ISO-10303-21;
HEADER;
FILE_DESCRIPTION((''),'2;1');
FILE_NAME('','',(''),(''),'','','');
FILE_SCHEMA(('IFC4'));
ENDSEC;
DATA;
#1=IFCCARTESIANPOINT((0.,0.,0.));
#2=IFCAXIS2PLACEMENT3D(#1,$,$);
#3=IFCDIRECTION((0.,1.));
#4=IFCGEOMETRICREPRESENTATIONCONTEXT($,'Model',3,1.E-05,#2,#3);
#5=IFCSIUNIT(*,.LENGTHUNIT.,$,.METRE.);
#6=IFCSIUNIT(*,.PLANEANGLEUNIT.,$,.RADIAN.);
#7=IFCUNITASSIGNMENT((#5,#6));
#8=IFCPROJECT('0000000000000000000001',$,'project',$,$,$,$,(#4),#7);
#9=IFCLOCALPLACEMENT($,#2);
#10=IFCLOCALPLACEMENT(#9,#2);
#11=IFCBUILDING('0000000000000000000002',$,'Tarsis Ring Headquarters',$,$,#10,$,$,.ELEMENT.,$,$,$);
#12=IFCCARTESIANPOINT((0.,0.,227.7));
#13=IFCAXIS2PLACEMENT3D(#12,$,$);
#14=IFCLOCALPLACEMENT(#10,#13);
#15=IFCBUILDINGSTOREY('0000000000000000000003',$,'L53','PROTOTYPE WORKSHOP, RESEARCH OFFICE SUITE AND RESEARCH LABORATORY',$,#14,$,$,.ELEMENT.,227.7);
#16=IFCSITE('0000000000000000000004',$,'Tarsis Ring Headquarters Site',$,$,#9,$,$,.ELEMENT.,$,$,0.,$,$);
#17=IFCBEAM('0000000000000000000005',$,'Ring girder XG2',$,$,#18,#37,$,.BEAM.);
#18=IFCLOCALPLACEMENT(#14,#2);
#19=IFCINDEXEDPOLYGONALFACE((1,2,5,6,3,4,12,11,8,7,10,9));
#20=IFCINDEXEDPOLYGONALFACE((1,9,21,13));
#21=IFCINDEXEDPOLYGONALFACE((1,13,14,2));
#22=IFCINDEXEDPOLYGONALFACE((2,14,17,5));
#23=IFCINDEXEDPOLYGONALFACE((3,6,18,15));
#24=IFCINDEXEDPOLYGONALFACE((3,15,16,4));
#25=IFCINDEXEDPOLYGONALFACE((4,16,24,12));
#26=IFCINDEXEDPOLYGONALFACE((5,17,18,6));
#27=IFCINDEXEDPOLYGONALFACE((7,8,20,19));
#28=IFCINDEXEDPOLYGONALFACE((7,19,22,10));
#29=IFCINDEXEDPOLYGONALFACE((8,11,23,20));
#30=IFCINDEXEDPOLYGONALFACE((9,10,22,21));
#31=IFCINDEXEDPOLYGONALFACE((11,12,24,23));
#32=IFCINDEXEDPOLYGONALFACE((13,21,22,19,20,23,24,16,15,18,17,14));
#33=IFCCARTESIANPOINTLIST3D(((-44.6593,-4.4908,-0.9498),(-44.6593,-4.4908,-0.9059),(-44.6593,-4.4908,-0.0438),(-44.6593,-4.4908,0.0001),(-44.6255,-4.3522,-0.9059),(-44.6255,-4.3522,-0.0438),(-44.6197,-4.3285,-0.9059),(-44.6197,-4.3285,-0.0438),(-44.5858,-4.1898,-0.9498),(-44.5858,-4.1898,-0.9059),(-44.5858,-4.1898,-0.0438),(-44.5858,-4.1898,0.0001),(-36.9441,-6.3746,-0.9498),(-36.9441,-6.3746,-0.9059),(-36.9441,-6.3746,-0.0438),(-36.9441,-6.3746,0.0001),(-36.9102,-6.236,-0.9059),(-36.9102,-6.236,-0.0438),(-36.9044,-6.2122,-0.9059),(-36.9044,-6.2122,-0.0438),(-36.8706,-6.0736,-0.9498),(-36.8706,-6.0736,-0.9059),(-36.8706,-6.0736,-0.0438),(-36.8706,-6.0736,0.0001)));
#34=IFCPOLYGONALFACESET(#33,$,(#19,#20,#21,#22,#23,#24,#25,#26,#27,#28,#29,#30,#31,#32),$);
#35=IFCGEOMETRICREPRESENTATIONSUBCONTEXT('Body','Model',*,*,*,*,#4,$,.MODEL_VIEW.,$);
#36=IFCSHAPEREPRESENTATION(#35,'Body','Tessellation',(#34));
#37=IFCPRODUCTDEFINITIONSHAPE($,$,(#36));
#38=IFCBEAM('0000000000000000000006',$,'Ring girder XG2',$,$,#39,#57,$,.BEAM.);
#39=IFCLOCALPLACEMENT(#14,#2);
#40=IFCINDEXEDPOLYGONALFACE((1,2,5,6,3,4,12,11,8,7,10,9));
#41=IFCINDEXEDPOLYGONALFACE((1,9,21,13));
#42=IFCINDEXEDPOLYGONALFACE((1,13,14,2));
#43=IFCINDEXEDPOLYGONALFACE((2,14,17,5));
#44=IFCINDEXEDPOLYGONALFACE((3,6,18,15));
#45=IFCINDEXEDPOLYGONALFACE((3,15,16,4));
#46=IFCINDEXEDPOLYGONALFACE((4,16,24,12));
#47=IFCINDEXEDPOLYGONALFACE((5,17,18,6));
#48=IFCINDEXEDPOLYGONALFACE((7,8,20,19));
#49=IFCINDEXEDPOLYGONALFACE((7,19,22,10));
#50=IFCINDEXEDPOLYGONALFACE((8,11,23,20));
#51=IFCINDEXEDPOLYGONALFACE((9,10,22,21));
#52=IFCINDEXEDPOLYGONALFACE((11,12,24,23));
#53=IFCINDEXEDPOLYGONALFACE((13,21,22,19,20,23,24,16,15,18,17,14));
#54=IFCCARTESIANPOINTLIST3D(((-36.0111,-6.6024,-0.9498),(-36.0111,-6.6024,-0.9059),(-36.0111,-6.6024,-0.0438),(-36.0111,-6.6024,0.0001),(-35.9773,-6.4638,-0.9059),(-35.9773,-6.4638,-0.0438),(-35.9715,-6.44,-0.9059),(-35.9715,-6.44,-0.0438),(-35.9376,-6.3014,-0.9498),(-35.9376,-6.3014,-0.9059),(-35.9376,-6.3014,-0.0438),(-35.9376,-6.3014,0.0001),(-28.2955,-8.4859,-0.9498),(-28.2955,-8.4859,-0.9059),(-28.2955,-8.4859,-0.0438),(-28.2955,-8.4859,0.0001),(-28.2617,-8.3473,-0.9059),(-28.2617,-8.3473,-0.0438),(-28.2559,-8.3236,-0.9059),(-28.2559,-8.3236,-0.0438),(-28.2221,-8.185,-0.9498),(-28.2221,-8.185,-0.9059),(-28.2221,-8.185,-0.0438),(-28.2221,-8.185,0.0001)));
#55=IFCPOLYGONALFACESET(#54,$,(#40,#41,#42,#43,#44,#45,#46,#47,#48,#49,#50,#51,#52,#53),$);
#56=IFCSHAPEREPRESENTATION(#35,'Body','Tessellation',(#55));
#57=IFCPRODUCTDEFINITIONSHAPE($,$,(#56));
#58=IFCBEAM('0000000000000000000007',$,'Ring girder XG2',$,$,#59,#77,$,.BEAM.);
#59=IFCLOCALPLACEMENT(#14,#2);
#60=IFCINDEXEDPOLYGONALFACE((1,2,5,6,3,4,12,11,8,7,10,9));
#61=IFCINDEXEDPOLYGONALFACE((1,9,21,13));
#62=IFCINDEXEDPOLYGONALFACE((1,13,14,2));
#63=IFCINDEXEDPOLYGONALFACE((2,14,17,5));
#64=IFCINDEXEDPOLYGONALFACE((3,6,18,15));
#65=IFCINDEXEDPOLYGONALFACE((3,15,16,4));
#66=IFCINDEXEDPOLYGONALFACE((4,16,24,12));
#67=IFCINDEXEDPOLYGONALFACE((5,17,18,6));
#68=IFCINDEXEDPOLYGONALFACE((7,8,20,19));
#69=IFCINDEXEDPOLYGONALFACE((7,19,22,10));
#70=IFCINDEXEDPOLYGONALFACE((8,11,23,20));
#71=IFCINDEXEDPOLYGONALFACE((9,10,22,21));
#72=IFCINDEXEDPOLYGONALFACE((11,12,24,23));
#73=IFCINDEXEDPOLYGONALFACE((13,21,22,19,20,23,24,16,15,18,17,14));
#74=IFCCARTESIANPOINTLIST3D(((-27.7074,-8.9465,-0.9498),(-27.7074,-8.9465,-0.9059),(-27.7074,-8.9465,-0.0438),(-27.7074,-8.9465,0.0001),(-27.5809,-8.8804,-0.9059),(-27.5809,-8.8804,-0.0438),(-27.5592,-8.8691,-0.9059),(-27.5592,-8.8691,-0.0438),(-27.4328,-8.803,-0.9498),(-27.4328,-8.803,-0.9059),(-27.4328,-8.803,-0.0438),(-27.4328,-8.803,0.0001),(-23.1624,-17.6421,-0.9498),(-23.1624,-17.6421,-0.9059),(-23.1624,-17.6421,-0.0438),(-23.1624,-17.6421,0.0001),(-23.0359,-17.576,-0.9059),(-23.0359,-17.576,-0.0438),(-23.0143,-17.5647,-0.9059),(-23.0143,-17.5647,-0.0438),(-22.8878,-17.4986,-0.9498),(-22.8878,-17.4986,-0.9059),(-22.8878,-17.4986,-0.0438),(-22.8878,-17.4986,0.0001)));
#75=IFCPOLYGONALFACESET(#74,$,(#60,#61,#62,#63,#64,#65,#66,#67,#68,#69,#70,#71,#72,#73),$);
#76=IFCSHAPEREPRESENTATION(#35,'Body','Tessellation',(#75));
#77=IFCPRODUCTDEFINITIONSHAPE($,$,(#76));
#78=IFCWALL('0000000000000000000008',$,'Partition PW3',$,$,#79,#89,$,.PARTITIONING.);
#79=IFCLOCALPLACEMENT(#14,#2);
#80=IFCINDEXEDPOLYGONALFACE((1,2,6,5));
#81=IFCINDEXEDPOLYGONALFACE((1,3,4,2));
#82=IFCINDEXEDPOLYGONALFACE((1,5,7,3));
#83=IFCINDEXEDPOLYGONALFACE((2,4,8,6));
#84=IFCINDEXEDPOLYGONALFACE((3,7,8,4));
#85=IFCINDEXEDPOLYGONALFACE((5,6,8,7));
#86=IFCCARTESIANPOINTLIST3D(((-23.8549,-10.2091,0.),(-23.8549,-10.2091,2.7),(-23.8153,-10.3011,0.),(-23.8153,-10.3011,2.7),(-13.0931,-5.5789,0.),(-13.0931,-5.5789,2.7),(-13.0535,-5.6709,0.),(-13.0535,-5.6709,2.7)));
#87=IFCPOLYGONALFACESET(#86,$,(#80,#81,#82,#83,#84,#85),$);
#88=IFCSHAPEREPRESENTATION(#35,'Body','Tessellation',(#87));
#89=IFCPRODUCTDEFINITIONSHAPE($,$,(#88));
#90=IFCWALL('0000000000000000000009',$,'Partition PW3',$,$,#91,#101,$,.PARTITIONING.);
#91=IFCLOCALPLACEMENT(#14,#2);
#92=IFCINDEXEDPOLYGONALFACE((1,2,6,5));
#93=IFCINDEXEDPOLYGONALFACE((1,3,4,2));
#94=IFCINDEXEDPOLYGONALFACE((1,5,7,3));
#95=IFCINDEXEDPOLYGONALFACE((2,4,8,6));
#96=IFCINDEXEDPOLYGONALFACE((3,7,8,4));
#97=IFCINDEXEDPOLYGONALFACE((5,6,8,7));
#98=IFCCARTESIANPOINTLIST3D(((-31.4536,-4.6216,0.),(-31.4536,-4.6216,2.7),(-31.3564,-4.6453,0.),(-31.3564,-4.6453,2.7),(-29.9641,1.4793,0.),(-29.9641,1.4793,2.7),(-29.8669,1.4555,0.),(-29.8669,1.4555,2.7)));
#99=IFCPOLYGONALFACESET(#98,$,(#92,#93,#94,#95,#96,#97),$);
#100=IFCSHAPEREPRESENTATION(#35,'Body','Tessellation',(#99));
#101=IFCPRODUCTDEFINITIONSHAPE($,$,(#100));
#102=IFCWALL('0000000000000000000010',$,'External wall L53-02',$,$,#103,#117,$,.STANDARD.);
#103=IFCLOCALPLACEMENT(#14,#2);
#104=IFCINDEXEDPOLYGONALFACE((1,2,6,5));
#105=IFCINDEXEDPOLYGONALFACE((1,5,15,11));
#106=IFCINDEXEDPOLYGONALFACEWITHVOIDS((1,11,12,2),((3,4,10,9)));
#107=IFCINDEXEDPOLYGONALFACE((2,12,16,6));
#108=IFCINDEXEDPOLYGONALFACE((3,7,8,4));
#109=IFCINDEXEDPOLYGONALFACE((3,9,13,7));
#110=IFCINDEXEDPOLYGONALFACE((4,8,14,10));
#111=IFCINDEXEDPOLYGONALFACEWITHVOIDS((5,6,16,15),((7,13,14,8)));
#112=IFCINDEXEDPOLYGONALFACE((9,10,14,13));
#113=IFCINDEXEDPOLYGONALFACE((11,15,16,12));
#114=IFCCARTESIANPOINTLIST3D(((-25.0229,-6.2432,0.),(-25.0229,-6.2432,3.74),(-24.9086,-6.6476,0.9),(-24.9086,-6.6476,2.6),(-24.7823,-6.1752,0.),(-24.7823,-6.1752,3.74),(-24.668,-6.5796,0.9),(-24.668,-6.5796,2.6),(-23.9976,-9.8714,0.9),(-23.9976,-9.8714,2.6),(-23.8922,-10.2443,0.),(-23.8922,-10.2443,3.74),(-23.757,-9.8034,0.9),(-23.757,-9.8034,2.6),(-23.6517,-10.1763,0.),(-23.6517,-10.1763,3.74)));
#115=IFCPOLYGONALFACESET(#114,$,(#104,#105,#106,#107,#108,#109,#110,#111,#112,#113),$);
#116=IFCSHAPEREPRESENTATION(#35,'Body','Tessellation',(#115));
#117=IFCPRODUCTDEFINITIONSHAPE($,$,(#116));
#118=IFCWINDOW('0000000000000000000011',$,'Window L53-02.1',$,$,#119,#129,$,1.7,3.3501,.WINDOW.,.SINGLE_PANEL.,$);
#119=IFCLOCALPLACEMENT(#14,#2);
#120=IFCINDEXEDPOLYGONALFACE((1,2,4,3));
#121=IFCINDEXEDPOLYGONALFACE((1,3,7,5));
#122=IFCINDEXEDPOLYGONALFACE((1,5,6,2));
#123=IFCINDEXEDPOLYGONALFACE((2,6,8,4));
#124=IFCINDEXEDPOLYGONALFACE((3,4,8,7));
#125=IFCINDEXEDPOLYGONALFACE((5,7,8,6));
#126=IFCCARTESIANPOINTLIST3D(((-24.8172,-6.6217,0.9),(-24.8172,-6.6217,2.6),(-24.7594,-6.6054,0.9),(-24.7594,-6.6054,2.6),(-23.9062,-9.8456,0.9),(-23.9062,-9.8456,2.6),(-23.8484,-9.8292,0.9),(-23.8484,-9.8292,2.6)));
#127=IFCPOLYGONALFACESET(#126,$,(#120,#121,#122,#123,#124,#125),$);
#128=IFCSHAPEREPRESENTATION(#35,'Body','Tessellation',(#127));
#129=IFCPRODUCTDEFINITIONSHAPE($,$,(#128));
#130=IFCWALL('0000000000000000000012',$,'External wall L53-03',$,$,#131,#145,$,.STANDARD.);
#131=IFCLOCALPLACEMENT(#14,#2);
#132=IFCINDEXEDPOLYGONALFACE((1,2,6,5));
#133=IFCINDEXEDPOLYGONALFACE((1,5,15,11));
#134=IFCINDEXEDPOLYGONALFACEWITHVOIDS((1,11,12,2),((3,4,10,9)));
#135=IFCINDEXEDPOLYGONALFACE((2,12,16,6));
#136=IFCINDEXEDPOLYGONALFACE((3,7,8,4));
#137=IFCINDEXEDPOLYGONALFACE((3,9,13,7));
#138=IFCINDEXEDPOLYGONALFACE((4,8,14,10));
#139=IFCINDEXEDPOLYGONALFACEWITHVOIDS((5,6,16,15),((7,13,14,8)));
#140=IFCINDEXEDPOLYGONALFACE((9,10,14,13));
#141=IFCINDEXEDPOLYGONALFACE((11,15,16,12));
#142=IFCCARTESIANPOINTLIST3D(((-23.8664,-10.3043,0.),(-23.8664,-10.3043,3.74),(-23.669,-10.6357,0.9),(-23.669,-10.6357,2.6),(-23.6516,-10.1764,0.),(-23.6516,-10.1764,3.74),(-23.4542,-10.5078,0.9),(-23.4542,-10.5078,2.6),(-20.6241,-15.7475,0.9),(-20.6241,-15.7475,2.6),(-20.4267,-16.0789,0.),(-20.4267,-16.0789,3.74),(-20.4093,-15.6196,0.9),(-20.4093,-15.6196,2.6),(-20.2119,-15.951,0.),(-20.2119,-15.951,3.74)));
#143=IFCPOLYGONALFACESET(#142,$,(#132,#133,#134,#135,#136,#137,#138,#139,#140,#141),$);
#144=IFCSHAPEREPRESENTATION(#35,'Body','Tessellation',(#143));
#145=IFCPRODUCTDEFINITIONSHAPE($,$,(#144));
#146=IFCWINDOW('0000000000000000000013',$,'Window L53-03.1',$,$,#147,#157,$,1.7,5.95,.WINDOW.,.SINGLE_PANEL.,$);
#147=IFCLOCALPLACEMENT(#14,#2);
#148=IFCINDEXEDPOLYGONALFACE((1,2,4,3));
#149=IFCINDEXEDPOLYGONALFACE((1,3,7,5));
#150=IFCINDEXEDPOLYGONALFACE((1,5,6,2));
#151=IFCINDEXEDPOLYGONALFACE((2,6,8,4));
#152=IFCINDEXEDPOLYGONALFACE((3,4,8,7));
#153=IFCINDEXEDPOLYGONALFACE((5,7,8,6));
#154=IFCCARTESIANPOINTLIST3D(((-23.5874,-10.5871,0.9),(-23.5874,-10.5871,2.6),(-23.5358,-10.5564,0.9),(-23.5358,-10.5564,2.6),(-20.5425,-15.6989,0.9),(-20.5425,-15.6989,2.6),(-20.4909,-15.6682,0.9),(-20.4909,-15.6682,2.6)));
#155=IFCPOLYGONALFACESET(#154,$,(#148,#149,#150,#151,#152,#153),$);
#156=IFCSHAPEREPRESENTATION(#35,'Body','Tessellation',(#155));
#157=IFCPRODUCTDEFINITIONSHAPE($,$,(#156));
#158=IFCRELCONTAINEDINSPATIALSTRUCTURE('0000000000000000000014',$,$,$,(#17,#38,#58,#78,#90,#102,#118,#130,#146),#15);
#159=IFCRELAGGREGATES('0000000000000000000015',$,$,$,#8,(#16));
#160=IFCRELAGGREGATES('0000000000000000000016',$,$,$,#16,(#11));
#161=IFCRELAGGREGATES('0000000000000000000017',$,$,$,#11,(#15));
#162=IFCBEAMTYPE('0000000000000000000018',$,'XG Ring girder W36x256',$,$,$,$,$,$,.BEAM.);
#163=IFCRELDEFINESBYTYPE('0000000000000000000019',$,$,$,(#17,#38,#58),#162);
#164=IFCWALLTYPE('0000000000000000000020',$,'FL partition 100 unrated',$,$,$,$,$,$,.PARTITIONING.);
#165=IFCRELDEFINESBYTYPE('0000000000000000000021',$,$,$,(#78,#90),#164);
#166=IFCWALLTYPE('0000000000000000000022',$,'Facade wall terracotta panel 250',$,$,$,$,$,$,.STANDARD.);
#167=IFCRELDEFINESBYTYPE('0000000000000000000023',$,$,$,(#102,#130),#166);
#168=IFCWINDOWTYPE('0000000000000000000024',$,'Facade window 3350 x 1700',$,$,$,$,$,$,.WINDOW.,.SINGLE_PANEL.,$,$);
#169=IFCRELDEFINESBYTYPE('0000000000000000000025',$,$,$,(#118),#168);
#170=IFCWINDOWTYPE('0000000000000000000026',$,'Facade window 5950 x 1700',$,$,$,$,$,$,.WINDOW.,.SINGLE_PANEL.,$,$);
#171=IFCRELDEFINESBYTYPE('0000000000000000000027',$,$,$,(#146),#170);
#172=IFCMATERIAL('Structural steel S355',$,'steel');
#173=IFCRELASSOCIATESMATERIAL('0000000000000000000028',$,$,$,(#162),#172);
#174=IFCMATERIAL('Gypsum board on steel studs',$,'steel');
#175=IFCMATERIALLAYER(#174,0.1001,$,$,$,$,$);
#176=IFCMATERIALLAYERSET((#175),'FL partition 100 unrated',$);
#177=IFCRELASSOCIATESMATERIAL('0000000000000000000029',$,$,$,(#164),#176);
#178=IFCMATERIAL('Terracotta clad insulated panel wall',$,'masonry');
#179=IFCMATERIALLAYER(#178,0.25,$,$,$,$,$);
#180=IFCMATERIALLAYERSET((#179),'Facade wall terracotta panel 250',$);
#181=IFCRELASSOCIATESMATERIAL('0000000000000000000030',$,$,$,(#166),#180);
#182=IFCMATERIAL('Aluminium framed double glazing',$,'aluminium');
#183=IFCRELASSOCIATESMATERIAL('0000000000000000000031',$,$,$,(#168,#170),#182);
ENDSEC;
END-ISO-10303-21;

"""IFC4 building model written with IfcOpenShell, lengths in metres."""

from ifc_helpers import new_model, si_unit, direction, frame, frame_2d, origin, origin_2d, place, context, subcontext, project, spatial, rectangle, i_section, extrude, material, layer, layer_set, material_profile, profile_set, type_object, element, fill, save


model = new_model("IFC4")

# Units and contexts
model_context = context("Model", 3, precision=1e-05, world=origin(), true_north=direction((0.0, 1.0)))
body_context = subcontext(model_context, "Body", "Model", "MODEL_VIEW")
ifc_project = project(units=[si_unit("LENGTHUNIT", "METRE"), si_unit("PLANEANGLEUNIT", "RADIAN")], contexts=[model_context])

# Site, building, storey
site_placement = place(None, origin())
site = spatial("IfcSite", under=ifc_project, at=site_placement, Name="Tarsis Ring Headquarters Site", CompositionType="ELEMENT", RefElevation=0.0)
building_placement = place(site_placement, origin())
building = spatial("IfcBuilding", under=site, at=building_placement, Name="Tarsis Ring Headquarters", CompositionType="ELEMENT")
storey_placement = place(building_placement, frame((0.0, 0.0, 227.7)))
storey = spatial("IfcBuildingStorey", under=building, at=storey_placement, Name="L53", Description="PROTOTYPE WORKSHOP, RESEARCH OFFICE SUITE AND RESEARCH LABORATORY", CompositionType="ELEMENT", Elevation=227.7)

# Shared definitions
ifc_material_1 = material(Name="Structural steel S355", Category="steel")

# Beams
ifc_material_profile_1 = material_profile(ifc_material_1, i_section(OverallWidth=0.3098, OverallDepth=0.95, WebThickness=0.0244, FlangeThickness=0.0439, at=origin_2d()), Name="W36x256")
ifc_profile_set_1 = profile_set([ifc_material_profile_1], Name="Structural steel S355")
beam_type = type_object("IfcBeamType", Name="XG Ring girder W36x256", PredefinedType="BEAM", material=ifc_profile_set_1)
beam_1_placement = place(storey_placement, frame((-44.6226, -4.3403, -0.4749), z_axis=(0.971462, -0.237194, 0.0), x_axis=(0.237194, 0.971462, 0.0)))
element("IfcBeam", 1, at=beam_1_placement, inside=storey, type_object=beam_type, Name="Ring girder XG2", PredefinedType="BEAM", context=body_context, shape_type="SweptSolid", body=[
    extrude(i_section(OverallWidth=0.3098, OverallDepth=0.95, WebThickness=0.0244, FlangeThickness=0.0439, at=origin_2d()), origin(), (0.0, 0.0, 1.0), 7.9419),
])
beam_2_placement = place(storey_placement, frame((-35.9744, -6.4519, -0.4749), z_axis=(0.971471, -0.237158, 0.0), x_axis=(0.237158, 0.971471, 0.0)))
element("IfcBeam", 2, at=beam_2_placement, inside=storey, type_object=beam_type, Name="Ring girder XG2", PredefinedType="BEAM", context=body_context, shape_type="SweptSolid", body=[
    extrude(i_section(OverallWidth=0.3098, OverallDepth=0.95, WebThickness=0.0244, FlangeThickness=0.0439, at=origin_2d()), origin(), (0.0, 0.0, 1.0), 7.9421),
])
beam_3_placement = place(storey_placement, frame((-27.5701, -8.8748, -0.4749), z_axis=(0.463216, -0.886246, 0.0), x_axis=(0.886246, 0.463216, 0.0)))
element("IfcBeam", 3, at=beam_3_placement, inside=storey, type_object=beam_type, Name="Ring girder XG2", PredefinedType="BEAM", context=body_context, shape_type="SweptSolid", body=[
    extrude(i_section(OverallWidth=0.3098, OverallDepth=0.95, WebThickness=0.0244, FlangeThickness=0.0439, at=origin_2d()), origin(), (0.0, 0.0, 1.0), 9.8118),
])

# Walls
ifc_material_2 = material(Name="Gypsum board on steel studs", Category="steel")
ifc_layer_1 = layer(ifc_material_2, 0.1001)
ifc_layer_set_1 = layer_set([ifc_layer_1], Name="FL partition 100 unrated")
wall_type_1 = type_object("IfcWallType", Name="FL partition 100 unrated", PredefinedType="PARTITIONING", material=ifc_layer_set_1)
wall_1_placement = place(storey_placement, frame((-23.8352, -10.2551, 0.0), z_axis=(0.0, 0.0, 1.0), x_axis=(0.918589, 0.395214, 0.0)))
element("IfcWall", 4, at=wall_1_placement, inside=storey, type_object=wall_type_1, Name="Partition PW3", PredefinedType="PARTITIONING", context=body_context, shape_type="SweptSolid", body=[
    extrude(rectangle(XDim=11.7156, YDim=0.1001, at=frame_2d((5.8579, 0.0))), origin(), (0.0, 0.0, 1.0), 2.7),
])
wall_2_placement = place(storey_placement, frame((-31.405, -4.6335, 0.0), z_axis=(0.0, 0.0, 1.0), x_axis=(0.237181, 0.971466, 0.0)))
element("IfcWall", 5, at=wall_2_placement, inside=storey, type_object=wall_type_1, Name="Partition PW3", PredefinedType="PARTITIONING", context=body_context, shape_type="SweptSolid", body=[
    extrude(rectangle(XDim=6.28, YDim=0.1001, at=frame_2d((3.1401, 0.0))), origin(), (0.0, 0.0, 1.0), 2.7),
])

# Walls, openings, windows
ifc_material_3 = material(Name="Terracotta clad insulated panel wall", Category="masonry")
ifc_layer_2 = layer(ifc_material_3, 0.25)
ifc_layer_set_2 = layer_set([ifc_layer_2], Name="Facade wall terracotta panel 250")
wall_type_2 = type_object("IfcWallType", Name="Facade wall terracotta panel 250", PredefinedType="STANDARD", material=ifc_layer_set_2)
wall_3_placement = place(storey_placement, frame((-24.9026, -6.2092, 0.0), z_axis=(0.0, 0.0, 1.0), x_axis=(0.271936, -0.962315, 0.0)))
wall_3 = element("IfcWall", 6, at=wall_3_placement, inside=storey, type_object=wall_type_2, Name="External wall L53-02", PredefinedType="STANDARD", context=body_context, shape_type="SweptSolid", body=[
    extrude(rectangle(XDim=4.1577, YDim=0.25, at=frame_2d((2.0789, 0.0))), origin(), (0.0, 0.0, 1.0), 3.74),
])
opening_1_placement = place(wall_3_placement, frame((0.4202, 0.0, 0.8999)))
opening_1 = element("IfcOpeningElement", 7, at=opening_1_placement, cuts=wall_3, PredefinedType="OPENING", context=body_context, shape_type="SweptSolid", body=[
    extrude(rectangle(XDim=3.3501, YDim=1.7, at=frame_2d((1.675, 0.8501))), frame((0.0, 0.135, 0.0), z_axis=(0.0, -1.0, 0.0), x_axis=(1.0, 0.0, 0.0)), (0.0, 0.0, 1.0), 0.27),
])
ifc_material_4 = material(Name="Aluminium framed double glazing", Category="aluminium")
window_type_1 = type_object("IfcWindowType", Name="Facade window 3350 x 1700", PartitioningType="SINGLE_PANEL", PredefinedType="WINDOW", material=ifc_material_4)
window_1_placement = place(opening_1_placement, origin())
window_1 = element("IfcWindow", 8, at=window_1_placement, inside=storey, type_object=window_type_1, Name="Window L53-02.1", OverallHeight=1.7, OverallWidth=3.3501, PartitioningType="SINGLE_PANEL", PredefinedType="WINDOW", context=body_context, shape_type="SweptSolid", body=[
    extrude(rectangle(XDim=3.3501, YDim=1.7, at=frame_2d((1.675, 0.8501))), frame((0.0, 0.03, 0.0), z_axis=(0.0, -1.0, 0.0), x_axis=(1.0, 0.0, 0.0)), (0.0, 0.0, 1.0), 0.0601),
])
fill(opening_1, window_1)
wall_4_placement = place(storey_placement, frame((-23.759, -10.2402, 0.0), z_axis=(0.0, 0.0, 1.0), x_axis=(0.511748, -0.859136, 0.0)))
wall_4 = element("IfcWall", 9, at=wall_4_placement, inside=storey, type_object=wall_type_2, Name="External wall L53-03", PredefinedType="STANDARD", context=body_context, shape_type="SweptSolid", body=[
    extrude(rectangle(XDim=6.7214, YDim=0.25, at=frame_2d((3.3608, 0.0))), origin(), (0.0, 0.0, 1.0), 3.74),
])
opening_2_placement = place(wall_4_placement, frame((0.3857, 0.0, 0.8999)))
opening_2 = element("IfcOpeningElement", 10, at=opening_2_placement, cuts=wall_4, PredefinedType="OPENING", context=body_context, shape_type="SweptSolid", body=[
    extrude(rectangle(XDim=5.95, YDim=1.7, at=frame_2d((2.9751, 0.8501))), frame((0.0, 0.135, 0.0), z_axis=(0.0, -1.0, 0.0), x_axis=(1.0, 0.0, 0.0)), (0.0, 0.0, 1.0), 0.27),
])
window_type_2 = type_object("IfcWindowType", Name="Facade window 5950 x 1700", PartitioningType="SINGLE_PANEL", PredefinedType="WINDOW", material=ifc_material_4)
window_2_placement = place(opening_2_placement, origin())
window_2 = element("IfcWindow", 11, at=window_2_placement, inside=storey, type_object=window_type_2, Name="Window L53-03.1", OverallHeight=1.7, OverallWidth=5.95, PartitioningType="SINGLE_PANEL", PredefinedType="WINDOW", context=body_context, shape_type="SweptSolid", body=[
    extrude(rectangle(XDim=5.95, YDim=1.7, at=frame_2d((2.9751, 0.8501))), frame((0.0, 0.03, 0.0), z_axis=(0.0, -1.0, 0.0), x_axis=(1.0, 0.0, 0.0)), (0.0, 0.0, 1.0), 0.0601),
])
fill(opening_2, window_2)

save(model, "model.ifc")
